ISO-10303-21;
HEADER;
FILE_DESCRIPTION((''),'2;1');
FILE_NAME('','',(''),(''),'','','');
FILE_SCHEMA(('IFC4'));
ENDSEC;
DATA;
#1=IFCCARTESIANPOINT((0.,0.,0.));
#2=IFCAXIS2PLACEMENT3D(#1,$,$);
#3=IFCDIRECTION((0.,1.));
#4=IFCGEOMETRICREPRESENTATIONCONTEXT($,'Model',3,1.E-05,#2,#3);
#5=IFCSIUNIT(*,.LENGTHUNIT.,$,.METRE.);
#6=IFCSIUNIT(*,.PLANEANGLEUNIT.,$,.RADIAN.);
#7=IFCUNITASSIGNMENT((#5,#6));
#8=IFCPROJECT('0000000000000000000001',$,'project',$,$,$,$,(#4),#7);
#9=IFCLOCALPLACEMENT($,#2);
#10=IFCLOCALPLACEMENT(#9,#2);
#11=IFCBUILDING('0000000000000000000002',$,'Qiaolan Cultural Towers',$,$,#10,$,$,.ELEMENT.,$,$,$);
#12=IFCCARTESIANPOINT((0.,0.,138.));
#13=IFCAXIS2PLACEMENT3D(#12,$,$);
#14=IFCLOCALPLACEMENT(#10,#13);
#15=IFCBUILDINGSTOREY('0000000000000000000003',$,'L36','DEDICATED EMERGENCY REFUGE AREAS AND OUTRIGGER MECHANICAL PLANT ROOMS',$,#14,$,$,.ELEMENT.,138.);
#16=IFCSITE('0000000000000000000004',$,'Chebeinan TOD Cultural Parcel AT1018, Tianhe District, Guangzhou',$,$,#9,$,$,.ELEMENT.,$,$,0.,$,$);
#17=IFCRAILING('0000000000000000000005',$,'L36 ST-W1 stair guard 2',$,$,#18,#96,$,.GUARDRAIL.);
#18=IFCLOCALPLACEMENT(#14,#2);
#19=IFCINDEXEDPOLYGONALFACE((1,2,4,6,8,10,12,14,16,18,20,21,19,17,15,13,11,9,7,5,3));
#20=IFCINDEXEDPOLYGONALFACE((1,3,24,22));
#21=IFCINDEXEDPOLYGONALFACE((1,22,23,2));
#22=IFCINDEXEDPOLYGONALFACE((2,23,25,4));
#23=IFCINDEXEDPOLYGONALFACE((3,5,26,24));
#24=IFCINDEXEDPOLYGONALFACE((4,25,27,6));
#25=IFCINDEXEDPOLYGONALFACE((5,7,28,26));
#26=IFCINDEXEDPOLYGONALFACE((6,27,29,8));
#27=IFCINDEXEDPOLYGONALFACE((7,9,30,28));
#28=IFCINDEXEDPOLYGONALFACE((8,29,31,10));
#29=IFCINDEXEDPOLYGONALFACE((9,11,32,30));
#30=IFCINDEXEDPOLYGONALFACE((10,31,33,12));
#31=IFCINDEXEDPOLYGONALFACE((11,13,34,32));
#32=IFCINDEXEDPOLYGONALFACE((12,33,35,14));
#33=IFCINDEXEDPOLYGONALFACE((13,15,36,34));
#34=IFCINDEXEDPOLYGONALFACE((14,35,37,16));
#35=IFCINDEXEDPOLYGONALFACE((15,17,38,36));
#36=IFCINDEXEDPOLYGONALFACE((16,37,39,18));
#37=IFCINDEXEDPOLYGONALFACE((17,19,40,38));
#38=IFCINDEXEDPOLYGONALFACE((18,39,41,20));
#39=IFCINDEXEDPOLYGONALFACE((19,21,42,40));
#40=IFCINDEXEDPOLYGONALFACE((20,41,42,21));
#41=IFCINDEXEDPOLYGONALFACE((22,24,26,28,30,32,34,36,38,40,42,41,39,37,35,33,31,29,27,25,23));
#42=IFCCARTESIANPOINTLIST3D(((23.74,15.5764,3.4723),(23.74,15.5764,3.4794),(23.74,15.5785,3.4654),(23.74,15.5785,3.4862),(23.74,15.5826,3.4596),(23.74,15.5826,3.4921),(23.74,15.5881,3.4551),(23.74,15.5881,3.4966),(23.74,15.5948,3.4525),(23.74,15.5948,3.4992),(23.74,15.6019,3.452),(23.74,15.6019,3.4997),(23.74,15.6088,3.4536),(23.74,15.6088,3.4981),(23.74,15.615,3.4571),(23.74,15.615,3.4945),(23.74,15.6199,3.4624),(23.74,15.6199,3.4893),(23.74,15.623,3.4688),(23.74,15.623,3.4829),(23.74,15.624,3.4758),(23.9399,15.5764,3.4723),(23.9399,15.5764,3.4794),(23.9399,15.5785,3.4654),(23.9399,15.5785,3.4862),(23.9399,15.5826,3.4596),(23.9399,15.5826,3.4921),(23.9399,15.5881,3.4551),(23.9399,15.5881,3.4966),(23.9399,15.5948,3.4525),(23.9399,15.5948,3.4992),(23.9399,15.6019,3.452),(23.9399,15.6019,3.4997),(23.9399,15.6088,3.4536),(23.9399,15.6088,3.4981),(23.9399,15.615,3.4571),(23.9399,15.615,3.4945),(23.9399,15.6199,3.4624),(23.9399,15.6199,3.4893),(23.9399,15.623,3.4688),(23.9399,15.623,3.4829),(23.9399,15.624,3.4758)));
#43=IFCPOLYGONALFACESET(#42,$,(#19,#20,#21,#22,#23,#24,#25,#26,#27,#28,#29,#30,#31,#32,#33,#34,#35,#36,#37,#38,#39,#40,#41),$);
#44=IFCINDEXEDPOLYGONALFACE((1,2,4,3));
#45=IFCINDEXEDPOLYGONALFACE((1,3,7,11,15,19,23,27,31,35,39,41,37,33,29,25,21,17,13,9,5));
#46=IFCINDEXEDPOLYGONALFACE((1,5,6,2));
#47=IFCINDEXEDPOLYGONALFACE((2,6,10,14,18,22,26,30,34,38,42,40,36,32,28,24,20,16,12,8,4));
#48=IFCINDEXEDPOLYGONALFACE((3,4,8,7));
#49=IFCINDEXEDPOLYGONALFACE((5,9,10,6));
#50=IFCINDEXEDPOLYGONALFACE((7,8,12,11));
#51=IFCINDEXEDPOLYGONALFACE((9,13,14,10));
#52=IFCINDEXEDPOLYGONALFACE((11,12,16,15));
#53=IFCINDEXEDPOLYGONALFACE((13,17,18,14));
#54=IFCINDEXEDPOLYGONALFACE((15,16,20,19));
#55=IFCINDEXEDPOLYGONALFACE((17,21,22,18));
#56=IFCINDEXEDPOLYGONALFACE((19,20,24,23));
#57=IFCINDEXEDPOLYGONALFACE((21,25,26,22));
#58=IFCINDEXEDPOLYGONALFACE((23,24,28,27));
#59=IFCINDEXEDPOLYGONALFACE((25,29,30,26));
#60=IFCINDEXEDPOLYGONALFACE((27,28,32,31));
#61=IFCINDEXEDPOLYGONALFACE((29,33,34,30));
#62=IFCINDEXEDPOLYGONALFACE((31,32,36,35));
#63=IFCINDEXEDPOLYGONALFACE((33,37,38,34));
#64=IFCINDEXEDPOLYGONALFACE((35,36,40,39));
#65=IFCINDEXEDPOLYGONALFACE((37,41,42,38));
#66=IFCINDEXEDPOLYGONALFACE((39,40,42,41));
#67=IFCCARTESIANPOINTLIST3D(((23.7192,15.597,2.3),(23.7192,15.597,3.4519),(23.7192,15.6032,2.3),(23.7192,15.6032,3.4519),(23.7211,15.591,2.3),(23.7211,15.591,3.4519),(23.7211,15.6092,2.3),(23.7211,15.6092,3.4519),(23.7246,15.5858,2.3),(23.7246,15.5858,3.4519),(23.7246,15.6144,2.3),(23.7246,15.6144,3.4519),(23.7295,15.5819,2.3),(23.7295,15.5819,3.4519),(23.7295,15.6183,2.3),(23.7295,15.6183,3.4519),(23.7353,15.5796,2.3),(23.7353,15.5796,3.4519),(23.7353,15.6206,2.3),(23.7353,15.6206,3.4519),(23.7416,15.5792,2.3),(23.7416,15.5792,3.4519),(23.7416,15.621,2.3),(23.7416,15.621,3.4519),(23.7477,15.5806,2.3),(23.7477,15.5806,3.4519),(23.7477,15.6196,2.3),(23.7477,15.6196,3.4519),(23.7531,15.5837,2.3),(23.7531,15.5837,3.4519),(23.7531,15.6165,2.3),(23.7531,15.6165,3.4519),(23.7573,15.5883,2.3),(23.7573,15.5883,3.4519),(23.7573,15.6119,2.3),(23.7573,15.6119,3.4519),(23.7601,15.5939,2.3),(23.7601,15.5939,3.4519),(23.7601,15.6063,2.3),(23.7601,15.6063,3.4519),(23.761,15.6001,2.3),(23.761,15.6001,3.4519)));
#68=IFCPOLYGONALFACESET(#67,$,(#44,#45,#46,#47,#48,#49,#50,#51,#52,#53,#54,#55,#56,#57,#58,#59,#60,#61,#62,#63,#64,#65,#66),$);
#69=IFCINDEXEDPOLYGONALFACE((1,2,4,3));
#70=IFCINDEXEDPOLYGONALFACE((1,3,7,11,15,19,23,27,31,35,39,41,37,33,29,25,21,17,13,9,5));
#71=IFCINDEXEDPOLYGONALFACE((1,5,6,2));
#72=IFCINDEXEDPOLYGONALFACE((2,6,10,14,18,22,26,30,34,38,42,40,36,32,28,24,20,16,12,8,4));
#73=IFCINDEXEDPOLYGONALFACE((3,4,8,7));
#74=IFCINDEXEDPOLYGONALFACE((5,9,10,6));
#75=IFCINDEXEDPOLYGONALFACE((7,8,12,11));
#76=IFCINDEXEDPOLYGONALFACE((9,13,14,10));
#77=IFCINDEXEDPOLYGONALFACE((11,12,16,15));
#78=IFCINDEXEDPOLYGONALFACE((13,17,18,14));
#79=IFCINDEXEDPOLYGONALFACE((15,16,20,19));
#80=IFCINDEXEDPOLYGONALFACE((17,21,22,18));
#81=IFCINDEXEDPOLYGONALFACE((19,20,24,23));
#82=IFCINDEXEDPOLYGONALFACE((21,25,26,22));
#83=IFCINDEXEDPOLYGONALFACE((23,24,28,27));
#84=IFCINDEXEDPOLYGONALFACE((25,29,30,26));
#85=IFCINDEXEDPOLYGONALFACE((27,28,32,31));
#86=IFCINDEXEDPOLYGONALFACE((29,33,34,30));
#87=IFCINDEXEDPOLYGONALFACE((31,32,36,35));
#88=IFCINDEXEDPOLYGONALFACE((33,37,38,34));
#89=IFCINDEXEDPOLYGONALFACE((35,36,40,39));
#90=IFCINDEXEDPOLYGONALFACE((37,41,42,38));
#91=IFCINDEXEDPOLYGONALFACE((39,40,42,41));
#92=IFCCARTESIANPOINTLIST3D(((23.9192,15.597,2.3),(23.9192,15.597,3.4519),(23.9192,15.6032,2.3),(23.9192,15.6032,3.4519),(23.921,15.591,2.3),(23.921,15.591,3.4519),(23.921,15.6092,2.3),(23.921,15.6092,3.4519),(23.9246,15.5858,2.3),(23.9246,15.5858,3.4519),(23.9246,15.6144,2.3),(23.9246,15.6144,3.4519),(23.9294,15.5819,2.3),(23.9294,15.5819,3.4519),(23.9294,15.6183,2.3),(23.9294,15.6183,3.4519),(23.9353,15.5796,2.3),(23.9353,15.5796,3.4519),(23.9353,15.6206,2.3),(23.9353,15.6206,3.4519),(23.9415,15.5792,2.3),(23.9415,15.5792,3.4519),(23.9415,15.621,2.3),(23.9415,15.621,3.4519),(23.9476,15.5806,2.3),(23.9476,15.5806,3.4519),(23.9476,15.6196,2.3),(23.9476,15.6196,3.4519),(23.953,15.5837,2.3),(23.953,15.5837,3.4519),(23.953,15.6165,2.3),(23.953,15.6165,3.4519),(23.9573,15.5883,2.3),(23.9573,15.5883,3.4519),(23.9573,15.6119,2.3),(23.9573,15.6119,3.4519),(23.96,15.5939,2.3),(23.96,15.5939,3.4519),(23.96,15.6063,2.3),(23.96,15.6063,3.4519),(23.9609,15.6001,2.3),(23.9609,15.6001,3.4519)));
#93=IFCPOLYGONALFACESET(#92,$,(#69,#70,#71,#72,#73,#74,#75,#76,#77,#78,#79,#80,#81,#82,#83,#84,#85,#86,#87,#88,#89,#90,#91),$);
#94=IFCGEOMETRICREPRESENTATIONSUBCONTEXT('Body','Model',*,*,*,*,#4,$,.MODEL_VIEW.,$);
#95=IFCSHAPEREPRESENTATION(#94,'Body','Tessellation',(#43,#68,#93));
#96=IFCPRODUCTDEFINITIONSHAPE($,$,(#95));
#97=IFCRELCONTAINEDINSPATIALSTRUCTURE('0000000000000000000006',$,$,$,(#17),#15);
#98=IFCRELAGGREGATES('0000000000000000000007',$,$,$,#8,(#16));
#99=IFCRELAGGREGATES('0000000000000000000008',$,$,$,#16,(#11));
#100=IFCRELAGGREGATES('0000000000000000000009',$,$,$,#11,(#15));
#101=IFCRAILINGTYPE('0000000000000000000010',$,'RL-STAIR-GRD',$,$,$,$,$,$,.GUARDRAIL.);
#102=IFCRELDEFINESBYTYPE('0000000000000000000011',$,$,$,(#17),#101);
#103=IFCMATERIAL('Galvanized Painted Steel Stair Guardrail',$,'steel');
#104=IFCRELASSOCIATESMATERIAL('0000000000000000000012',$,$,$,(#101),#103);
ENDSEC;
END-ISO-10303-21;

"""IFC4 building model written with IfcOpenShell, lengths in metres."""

from ifc_helpers import new_model, si_unit, direction, frame, origin, origin_2d, place, context, subcontext, project, spatial, circle, extrude, material, type_object, element, save


model = new_model("IFC4")

# Units and contexts
model_context = context("Model", 3, precision=1e-05, world=origin(), true_north=direction((0.0, 1.0)))
body_context = subcontext(model_context, "Body", "Model", "MODEL_VIEW")
ifc_project = project(units=[si_unit("LENGTHUNIT", "METRE"), si_unit("PLANEANGLEUNIT", "RADIAN")], contexts=[model_context])

# Site, building, storey
site_placement = place(None, origin())
site = spatial("IfcSite", under=ifc_project, at=site_placement, Name="Chebeinan TOD Cultural Parcel AT1018, Tianhe District, Guangzhou", CompositionType="ELEMENT", RefElevation=0.0)
building_placement = place(site_placement, origin())
building = spatial("IfcBuilding", under=site, at=building_placement, Name="Qiaolan Cultural Towers", CompositionType="ELEMENT")
storey_placement = place(building_placement, frame((0.0, 0.0, 138.0)))
storey = spatial("IfcBuildingStorey", under=building, at=storey_placement, Name="L36", Description="DEDICATED EMERGENCY REFUGE AREAS AND OUTRIGGER MECHANICAL PLANT ROOMS", CompositionType="ELEMENT", Elevation=138.0)

# Railing
ifc_material_1 = material(Name="Galvanized Painted Steel Stair Guardrail", Category="steel")
railing_type_1 = type_object("IfcRailingType", Name="RL-STAIR-GRD", PredefinedType="GUARDRAIL", material=ifc_material_1)
railing_1_placement = place(storey_placement, frame((23.74, 15.6001, 2.3)))
element("IfcRailing", 1, at=railing_1_placement, inside=storey, type_object=railing_type_1, Name="L36 ST-W1 stair guard 2", PredefinedType="GUARDRAIL", context=body_context, shape_type="SweptSolid", body=[
    extrude(circle(Radius=0.0239, at=origin_2d()), frame((0.0, 0.0, 1.1758), z_axis=(1.0, 0.0, 0.0), x_axis=(0.0, 1.0, 0.0)), (0.0, 0.0, 1.0), 0.2),
    extrude(circle(Radius=0.021, at=origin_2d()), origin(), (0.0, 0.0, 1.0), 1.1519),
    extrude(circle(Radius=0.021, at=origin_2d()), frame((0.2, 0.0, 0.0)), (0.0, 0.0, 1.0), 1.1519),
])

save(model, "model.ifc")
